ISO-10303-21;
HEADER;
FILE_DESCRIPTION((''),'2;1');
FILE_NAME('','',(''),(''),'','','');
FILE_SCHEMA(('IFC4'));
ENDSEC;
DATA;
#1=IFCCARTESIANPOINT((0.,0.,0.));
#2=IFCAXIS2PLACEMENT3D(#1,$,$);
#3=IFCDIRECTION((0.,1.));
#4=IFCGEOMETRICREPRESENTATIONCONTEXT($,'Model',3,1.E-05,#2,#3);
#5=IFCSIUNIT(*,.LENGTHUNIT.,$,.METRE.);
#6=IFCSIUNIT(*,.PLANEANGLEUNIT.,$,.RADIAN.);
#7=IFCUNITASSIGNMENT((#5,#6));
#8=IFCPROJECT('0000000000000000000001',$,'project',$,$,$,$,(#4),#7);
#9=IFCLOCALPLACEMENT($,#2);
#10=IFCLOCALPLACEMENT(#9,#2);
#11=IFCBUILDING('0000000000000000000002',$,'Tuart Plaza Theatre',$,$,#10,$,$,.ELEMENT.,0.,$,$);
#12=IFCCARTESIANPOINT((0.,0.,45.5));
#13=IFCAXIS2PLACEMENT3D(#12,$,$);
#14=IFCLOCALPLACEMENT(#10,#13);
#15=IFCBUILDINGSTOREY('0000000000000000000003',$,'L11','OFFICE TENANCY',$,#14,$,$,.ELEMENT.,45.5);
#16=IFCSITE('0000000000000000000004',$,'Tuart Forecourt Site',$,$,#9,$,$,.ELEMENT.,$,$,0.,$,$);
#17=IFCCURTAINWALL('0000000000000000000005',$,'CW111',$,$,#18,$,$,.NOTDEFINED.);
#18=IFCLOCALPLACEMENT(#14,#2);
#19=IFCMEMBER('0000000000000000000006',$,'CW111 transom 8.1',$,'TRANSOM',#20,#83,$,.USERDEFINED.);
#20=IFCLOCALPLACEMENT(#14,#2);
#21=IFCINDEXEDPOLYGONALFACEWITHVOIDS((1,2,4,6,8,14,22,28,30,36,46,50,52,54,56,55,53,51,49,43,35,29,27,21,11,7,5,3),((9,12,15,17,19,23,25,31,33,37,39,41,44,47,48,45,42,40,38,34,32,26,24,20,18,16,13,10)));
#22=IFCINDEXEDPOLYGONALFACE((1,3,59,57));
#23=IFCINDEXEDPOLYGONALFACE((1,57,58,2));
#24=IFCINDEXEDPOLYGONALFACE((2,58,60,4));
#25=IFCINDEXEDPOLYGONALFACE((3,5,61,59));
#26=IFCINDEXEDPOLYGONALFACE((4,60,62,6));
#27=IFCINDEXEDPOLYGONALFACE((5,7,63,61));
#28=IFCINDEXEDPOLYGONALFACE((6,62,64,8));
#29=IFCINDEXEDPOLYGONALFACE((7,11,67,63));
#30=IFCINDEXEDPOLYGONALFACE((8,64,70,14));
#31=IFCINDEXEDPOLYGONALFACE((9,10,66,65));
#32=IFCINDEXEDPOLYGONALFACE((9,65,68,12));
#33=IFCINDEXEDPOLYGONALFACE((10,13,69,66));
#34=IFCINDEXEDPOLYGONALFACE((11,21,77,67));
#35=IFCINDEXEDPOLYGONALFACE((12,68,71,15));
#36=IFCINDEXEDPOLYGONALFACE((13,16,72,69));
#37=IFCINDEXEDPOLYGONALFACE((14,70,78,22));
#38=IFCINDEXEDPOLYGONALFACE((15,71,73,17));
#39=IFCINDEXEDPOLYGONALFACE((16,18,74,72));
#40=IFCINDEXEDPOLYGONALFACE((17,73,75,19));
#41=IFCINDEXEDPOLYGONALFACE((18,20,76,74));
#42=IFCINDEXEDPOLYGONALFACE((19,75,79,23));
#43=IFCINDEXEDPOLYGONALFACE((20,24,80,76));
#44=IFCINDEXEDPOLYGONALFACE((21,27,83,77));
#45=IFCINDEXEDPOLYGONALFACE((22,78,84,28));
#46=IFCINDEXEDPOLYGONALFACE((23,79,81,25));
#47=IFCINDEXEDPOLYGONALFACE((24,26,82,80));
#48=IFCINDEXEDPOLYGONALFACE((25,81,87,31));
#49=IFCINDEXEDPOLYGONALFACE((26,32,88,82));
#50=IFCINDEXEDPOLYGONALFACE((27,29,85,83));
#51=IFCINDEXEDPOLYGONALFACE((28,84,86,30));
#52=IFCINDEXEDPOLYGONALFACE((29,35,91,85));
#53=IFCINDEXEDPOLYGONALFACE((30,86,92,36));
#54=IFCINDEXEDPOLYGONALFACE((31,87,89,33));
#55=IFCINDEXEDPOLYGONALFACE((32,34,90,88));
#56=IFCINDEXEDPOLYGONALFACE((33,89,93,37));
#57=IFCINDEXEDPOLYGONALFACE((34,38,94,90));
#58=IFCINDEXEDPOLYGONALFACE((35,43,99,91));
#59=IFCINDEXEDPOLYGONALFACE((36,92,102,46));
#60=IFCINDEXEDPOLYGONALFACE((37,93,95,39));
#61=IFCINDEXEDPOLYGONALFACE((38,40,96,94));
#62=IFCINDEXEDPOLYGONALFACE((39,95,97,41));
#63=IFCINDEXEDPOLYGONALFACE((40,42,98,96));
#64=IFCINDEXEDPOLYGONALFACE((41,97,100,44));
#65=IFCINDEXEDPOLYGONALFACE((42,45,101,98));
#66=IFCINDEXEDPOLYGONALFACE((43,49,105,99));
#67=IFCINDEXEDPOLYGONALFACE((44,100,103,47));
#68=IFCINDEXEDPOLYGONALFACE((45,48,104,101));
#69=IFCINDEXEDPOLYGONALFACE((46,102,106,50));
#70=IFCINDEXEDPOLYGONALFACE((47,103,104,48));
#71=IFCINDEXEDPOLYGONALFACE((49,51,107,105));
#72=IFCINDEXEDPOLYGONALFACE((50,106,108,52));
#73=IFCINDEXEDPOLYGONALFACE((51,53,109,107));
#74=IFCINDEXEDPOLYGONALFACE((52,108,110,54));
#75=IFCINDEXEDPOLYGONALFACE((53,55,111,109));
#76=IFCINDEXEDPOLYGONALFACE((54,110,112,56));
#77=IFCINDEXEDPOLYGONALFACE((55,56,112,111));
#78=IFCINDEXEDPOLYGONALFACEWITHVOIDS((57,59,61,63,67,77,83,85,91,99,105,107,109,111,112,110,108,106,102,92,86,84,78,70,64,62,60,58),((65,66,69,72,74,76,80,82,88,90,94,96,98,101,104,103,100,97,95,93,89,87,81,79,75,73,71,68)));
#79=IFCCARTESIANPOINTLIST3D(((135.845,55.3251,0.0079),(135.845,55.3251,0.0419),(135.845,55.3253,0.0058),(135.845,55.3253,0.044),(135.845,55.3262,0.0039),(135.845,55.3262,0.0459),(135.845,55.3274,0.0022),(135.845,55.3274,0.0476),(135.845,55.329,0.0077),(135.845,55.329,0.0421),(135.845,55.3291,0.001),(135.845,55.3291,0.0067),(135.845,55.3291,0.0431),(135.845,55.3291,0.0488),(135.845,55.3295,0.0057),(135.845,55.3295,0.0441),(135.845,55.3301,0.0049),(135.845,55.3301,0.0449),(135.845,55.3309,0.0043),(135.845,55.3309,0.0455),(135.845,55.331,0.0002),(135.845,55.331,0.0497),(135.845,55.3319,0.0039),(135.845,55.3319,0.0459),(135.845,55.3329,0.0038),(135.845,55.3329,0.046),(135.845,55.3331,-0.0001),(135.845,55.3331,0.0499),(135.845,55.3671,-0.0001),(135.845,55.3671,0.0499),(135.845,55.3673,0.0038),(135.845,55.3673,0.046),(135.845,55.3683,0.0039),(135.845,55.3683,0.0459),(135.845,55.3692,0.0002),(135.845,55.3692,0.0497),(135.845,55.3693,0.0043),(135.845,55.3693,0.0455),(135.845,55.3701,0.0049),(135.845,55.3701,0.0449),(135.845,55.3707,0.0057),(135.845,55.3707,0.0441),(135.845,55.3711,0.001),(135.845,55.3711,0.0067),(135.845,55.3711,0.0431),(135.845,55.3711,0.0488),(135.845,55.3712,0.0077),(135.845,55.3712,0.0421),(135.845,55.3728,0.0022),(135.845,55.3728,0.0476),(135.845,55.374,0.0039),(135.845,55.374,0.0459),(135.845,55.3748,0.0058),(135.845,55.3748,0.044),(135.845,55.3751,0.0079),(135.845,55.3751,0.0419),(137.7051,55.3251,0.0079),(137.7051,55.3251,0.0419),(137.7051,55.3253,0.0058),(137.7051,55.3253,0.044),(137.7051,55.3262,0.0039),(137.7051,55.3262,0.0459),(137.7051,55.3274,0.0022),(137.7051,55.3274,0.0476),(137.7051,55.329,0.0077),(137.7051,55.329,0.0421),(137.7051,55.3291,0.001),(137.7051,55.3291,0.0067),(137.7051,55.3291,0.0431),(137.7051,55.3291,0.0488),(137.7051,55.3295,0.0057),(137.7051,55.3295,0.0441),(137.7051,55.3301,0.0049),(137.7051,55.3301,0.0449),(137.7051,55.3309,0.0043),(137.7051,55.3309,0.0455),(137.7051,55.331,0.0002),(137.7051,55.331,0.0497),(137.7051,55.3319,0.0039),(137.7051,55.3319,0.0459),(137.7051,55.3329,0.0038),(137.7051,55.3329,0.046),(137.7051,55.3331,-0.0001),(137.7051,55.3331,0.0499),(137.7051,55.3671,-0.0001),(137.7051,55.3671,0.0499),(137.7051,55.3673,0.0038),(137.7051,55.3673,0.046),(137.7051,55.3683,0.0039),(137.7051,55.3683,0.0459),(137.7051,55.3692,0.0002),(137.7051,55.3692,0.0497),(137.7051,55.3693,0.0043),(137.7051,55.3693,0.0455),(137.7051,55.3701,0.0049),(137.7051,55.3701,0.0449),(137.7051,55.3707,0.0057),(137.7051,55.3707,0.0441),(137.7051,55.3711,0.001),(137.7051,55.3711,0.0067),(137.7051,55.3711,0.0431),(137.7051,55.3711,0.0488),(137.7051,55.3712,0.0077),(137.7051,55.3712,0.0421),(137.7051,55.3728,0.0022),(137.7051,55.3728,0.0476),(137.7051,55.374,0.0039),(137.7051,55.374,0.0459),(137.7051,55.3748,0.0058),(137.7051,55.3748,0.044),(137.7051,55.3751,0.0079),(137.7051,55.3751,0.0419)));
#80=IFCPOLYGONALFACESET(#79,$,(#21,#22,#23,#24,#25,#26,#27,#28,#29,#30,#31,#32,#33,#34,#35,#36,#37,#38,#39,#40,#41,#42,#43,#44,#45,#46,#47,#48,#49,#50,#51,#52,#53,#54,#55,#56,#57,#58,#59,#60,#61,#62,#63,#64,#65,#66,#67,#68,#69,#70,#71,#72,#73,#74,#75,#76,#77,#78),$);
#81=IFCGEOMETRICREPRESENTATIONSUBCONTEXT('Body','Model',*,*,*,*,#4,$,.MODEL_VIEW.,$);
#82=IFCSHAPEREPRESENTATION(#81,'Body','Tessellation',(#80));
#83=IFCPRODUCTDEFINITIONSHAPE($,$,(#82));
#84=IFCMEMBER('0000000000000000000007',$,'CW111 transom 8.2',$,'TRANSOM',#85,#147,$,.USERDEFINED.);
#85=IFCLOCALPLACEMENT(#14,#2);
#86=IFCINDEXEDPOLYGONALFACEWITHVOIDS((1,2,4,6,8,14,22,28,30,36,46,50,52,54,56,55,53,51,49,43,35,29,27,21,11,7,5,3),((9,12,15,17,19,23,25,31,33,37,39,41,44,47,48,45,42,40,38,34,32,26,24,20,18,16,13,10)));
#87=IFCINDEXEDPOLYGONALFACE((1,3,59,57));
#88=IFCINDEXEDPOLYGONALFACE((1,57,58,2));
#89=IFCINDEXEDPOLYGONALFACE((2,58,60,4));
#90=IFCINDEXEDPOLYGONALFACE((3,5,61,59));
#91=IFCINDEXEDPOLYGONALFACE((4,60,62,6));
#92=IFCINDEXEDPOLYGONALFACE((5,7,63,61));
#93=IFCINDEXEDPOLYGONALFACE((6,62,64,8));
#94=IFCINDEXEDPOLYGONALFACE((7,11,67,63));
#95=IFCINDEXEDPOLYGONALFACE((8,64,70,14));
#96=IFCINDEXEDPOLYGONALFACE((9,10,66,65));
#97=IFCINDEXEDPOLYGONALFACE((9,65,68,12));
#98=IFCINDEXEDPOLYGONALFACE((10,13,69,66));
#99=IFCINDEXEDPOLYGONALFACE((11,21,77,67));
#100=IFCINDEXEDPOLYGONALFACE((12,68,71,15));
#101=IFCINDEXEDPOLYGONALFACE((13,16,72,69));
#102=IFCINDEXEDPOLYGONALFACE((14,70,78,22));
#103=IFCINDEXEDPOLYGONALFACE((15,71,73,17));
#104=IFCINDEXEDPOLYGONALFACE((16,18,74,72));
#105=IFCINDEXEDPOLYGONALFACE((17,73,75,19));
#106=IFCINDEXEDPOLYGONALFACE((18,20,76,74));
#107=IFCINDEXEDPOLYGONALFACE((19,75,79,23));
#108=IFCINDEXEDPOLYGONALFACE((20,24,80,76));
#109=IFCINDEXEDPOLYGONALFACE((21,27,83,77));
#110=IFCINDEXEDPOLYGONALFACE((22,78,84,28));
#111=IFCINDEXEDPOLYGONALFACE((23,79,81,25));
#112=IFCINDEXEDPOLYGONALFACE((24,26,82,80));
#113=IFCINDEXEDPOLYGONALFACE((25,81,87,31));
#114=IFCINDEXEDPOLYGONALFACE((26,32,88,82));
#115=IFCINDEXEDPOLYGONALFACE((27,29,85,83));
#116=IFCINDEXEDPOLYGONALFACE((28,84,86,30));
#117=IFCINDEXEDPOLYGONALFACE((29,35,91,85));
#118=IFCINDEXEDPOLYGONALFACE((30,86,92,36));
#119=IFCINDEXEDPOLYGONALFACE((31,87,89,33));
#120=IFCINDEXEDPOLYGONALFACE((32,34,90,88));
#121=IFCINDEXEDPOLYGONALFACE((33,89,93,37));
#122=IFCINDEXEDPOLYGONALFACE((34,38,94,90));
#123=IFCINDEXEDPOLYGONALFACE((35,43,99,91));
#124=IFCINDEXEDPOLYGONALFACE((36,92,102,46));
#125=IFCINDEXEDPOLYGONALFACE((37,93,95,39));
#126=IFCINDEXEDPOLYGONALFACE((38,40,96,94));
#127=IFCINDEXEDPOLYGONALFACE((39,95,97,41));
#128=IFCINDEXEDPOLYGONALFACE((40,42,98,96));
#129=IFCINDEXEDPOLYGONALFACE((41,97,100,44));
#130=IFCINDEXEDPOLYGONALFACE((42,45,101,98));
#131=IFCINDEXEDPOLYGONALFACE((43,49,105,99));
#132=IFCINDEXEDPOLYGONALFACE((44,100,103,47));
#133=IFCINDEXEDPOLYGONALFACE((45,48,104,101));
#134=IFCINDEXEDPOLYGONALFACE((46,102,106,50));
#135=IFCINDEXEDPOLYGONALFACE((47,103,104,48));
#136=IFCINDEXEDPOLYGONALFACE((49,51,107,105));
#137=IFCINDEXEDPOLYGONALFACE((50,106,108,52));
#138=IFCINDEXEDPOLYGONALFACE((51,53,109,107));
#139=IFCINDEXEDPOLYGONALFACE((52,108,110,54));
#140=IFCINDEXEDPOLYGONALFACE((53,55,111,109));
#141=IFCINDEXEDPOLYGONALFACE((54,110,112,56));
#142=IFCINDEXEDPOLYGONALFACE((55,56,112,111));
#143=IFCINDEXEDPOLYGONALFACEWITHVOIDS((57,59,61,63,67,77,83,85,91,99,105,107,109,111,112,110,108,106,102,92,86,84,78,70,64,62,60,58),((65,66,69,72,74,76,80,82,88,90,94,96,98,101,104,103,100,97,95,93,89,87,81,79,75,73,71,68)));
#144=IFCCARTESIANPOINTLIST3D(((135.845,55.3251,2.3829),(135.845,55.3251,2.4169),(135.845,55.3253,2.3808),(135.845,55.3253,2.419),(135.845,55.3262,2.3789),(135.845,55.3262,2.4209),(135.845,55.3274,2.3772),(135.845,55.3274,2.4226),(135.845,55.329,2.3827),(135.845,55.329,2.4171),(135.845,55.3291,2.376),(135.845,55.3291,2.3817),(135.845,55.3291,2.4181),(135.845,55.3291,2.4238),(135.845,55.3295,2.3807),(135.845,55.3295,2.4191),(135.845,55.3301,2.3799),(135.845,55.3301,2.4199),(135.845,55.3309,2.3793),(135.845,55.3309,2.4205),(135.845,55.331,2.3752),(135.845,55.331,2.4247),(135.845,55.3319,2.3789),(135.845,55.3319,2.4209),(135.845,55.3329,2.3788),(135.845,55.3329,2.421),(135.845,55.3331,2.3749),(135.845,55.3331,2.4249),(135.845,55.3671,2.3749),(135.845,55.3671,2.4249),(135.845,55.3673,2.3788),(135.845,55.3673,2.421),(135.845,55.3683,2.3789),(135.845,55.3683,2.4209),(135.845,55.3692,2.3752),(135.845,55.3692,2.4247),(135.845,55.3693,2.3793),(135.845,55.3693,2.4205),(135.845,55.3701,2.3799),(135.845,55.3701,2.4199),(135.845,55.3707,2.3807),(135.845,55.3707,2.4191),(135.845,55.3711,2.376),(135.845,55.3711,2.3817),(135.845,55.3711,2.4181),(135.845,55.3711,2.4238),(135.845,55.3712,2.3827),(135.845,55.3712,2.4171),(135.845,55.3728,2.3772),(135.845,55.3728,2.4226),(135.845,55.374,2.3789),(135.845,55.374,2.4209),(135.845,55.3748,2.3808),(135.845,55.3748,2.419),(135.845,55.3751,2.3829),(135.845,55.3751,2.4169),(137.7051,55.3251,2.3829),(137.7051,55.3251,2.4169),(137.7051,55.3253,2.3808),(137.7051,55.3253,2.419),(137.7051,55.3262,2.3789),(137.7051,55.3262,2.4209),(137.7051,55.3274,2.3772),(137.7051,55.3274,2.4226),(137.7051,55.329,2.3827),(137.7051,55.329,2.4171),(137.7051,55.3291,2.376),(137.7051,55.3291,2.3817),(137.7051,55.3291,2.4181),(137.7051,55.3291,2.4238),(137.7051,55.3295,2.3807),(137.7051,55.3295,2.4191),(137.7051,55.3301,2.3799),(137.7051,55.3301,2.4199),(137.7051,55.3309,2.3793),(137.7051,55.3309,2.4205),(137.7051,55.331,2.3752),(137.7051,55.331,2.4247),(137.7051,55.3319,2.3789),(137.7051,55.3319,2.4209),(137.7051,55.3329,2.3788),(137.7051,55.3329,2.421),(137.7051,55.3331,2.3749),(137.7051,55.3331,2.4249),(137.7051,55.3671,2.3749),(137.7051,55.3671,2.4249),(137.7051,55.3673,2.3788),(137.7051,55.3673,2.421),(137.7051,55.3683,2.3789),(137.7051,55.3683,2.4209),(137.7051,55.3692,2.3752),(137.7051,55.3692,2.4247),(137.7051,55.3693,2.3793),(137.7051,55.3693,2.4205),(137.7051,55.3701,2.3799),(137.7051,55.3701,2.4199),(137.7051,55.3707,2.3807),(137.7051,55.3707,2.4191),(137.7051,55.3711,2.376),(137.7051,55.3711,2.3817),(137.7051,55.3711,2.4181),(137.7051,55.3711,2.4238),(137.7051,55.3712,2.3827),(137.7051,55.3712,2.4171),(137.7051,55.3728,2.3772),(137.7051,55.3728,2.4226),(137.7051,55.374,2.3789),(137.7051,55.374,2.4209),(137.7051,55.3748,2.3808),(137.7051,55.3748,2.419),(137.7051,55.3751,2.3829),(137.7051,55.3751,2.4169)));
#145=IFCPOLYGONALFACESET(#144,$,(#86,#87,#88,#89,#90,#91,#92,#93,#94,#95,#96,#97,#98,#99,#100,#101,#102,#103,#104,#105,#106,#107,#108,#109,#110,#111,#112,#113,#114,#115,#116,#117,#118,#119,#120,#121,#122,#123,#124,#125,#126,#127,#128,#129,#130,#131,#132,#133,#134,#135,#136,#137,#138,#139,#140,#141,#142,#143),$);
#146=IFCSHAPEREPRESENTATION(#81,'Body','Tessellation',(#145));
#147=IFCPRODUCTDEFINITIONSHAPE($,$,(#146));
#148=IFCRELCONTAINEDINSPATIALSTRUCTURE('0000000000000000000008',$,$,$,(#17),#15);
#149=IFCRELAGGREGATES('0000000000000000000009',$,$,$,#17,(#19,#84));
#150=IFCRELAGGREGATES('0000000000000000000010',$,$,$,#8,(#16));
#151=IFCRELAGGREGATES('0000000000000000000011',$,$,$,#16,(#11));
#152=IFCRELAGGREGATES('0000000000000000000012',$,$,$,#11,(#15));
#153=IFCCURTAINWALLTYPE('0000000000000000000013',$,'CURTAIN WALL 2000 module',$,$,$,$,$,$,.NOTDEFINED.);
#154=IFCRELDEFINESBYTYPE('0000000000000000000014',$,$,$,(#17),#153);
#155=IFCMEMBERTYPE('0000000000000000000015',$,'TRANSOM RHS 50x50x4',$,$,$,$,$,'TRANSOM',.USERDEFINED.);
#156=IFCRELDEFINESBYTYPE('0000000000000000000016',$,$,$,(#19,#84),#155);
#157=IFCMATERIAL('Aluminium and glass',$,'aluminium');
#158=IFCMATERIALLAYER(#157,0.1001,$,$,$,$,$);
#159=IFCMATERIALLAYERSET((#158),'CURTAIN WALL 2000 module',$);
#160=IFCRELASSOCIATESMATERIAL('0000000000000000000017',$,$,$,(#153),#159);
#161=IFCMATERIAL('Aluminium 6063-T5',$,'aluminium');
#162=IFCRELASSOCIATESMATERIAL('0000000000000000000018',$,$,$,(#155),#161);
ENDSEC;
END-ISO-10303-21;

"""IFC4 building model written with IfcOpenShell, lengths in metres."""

from ifc_helpers import new_model, si_unit, direction, frame, origin, origin_2d, place, context, subcontext, project, spatial, hollow_rectangle, extrude, material, layer, layer_set, material_profile, profile_set, type_object, element, aggregate, save


model = new_model("IFC4")

# Units and contexts
model_context = context("Model", 3, precision=1e-05, world=origin(), true_north=direction((0.0, 1.0)))
body_context = subcontext(model_context, "Body", "Model", "MODEL_VIEW")
ifc_project = project(units=[si_unit("LENGTHUNIT", "METRE"), si_unit("PLANEANGLEUNIT", "RADIAN")], contexts=[model_context])

# Site, building, storey
site_placement = place(None, origin())
site = spatial("IfcSite", under=ifc_project, at=site_placement, Name="Tuart Forecourt Site", CompositionType="ELEMENT", RefElevation=0.0)
building_placement = place(site_placement, origin())
building = spatial("IfcBuilding", under=site, at=building_placement, Name="Tuart Plaza Theatre", CompositionType="ELEMENT", ElevationOfRefHeight=0.0)
storey_placement = place(building_placement, frame((0.0, 0.0, 45.5)))
storey = spatial("IfcBuildingStorey", under=building, at=storey_placement, Name="L11", Description="OFFICE TENANCY", CompositionType="ELEMENT", Elevation=45.5)

# Shared definitions
ifc_material_1 = material(Name="Aluminium and glass", Category="aluminium")
ifc_layer_1 = layer(ifc_material_1, 0.1001)
ifc_layer_set_1 = layer_set([ifc_layer_1], Name="CURTAIN WALL 2000 module")
curtain_wall_type = type_object("IfcCurtainWallType", Name="CURTAIN WALL 2000 module", PredefinedType="NOTDEFINED", material=ifc_layer_set_1)

# Curtain wall
curtain_wall_1_placement = place(storey_placement, origin())
curtain_wall_1 = element("IfcCurtainWall", 1, at=curtain_wall_1_placement, inside=storey, type_object=curtain_wall_type, Name="CW111", PredefinedType="NOTDEFINED")

# Members
ifc_material_2 = material(Name="Aluminium 6063-T5", Category="aluminium")
ifc_material_profile_1 = material_profile(ifc_material_2, hollow_rectangle(XDim=0.05, YDim=0.05, WallThickness=0.0039, InnerFilletRadius=0.0039, OuterFilletRadius=0.0081, at=origin_2d()), Name="RHS 50x50x4")
ifc_profile_set_1 = profile_set([ifc_material_profile_1], Name="Aluminium 6063-T5")
member_type_1 = type_object("IfcMemberType", Name="TRANSOM RHS 50x50x4", ElementType="TRANSOM", PredefinedType="USERDEFINED", material=ifc_profile_set_1)
member_1_placement = place(storey_placement, frame((135.845, 55.3501, 0.0249), z_axis=(1.0, 0.0, 0.0), x_axis=(0.0, 1.0, 0.0)))
member_1 = element("IfcMember", 2, at=member_1_placement, type_object=member_type_1, Name="CW111 transom 8.1", ObjectType="TRANSOM", PredefinedType="USERDEFINED", context=body_context, shape_type="SweptSolid", body=[
    extrude(hollow_rectangle(XDim=0.05, YDim=0.05, WallThickness=0.0039, InnerFilletRadius=0.0039, OuterFilletRadius=0.0081, at=origin_2d()), origin(), (0.0, 0.0, 1.0), 1.8601),
])
member_2_placement = place(storey_placement, frame((135.845, 55.3501, 2.3999), z_axis=(1.0, 0.0, 0.0), x_axis=(0.0, 1.0, 0.0)))
member_2 = element("IfcMember", 3, at=member_2_placement, type_object=member_type_1, Name="CW111 transom 8.2", ObjectType="TRANSOM", PredefinedType="USERDEFINED", context=body_context, shape_type="SweptSolid", body=[
    extrude(hollow_rectangle(XDim=0.05, YDim=0.05, WallThickness=0.0039, InnerFilletRadius=0.0039, OuterFilletRadius=0.0081, at=origin_2d()), origin(), (0.0, 0.0, 1.0), 1.8601),
])

aggregate(curtain_wall_1, [member_1, member_2])

save(model, "model.ifc")
